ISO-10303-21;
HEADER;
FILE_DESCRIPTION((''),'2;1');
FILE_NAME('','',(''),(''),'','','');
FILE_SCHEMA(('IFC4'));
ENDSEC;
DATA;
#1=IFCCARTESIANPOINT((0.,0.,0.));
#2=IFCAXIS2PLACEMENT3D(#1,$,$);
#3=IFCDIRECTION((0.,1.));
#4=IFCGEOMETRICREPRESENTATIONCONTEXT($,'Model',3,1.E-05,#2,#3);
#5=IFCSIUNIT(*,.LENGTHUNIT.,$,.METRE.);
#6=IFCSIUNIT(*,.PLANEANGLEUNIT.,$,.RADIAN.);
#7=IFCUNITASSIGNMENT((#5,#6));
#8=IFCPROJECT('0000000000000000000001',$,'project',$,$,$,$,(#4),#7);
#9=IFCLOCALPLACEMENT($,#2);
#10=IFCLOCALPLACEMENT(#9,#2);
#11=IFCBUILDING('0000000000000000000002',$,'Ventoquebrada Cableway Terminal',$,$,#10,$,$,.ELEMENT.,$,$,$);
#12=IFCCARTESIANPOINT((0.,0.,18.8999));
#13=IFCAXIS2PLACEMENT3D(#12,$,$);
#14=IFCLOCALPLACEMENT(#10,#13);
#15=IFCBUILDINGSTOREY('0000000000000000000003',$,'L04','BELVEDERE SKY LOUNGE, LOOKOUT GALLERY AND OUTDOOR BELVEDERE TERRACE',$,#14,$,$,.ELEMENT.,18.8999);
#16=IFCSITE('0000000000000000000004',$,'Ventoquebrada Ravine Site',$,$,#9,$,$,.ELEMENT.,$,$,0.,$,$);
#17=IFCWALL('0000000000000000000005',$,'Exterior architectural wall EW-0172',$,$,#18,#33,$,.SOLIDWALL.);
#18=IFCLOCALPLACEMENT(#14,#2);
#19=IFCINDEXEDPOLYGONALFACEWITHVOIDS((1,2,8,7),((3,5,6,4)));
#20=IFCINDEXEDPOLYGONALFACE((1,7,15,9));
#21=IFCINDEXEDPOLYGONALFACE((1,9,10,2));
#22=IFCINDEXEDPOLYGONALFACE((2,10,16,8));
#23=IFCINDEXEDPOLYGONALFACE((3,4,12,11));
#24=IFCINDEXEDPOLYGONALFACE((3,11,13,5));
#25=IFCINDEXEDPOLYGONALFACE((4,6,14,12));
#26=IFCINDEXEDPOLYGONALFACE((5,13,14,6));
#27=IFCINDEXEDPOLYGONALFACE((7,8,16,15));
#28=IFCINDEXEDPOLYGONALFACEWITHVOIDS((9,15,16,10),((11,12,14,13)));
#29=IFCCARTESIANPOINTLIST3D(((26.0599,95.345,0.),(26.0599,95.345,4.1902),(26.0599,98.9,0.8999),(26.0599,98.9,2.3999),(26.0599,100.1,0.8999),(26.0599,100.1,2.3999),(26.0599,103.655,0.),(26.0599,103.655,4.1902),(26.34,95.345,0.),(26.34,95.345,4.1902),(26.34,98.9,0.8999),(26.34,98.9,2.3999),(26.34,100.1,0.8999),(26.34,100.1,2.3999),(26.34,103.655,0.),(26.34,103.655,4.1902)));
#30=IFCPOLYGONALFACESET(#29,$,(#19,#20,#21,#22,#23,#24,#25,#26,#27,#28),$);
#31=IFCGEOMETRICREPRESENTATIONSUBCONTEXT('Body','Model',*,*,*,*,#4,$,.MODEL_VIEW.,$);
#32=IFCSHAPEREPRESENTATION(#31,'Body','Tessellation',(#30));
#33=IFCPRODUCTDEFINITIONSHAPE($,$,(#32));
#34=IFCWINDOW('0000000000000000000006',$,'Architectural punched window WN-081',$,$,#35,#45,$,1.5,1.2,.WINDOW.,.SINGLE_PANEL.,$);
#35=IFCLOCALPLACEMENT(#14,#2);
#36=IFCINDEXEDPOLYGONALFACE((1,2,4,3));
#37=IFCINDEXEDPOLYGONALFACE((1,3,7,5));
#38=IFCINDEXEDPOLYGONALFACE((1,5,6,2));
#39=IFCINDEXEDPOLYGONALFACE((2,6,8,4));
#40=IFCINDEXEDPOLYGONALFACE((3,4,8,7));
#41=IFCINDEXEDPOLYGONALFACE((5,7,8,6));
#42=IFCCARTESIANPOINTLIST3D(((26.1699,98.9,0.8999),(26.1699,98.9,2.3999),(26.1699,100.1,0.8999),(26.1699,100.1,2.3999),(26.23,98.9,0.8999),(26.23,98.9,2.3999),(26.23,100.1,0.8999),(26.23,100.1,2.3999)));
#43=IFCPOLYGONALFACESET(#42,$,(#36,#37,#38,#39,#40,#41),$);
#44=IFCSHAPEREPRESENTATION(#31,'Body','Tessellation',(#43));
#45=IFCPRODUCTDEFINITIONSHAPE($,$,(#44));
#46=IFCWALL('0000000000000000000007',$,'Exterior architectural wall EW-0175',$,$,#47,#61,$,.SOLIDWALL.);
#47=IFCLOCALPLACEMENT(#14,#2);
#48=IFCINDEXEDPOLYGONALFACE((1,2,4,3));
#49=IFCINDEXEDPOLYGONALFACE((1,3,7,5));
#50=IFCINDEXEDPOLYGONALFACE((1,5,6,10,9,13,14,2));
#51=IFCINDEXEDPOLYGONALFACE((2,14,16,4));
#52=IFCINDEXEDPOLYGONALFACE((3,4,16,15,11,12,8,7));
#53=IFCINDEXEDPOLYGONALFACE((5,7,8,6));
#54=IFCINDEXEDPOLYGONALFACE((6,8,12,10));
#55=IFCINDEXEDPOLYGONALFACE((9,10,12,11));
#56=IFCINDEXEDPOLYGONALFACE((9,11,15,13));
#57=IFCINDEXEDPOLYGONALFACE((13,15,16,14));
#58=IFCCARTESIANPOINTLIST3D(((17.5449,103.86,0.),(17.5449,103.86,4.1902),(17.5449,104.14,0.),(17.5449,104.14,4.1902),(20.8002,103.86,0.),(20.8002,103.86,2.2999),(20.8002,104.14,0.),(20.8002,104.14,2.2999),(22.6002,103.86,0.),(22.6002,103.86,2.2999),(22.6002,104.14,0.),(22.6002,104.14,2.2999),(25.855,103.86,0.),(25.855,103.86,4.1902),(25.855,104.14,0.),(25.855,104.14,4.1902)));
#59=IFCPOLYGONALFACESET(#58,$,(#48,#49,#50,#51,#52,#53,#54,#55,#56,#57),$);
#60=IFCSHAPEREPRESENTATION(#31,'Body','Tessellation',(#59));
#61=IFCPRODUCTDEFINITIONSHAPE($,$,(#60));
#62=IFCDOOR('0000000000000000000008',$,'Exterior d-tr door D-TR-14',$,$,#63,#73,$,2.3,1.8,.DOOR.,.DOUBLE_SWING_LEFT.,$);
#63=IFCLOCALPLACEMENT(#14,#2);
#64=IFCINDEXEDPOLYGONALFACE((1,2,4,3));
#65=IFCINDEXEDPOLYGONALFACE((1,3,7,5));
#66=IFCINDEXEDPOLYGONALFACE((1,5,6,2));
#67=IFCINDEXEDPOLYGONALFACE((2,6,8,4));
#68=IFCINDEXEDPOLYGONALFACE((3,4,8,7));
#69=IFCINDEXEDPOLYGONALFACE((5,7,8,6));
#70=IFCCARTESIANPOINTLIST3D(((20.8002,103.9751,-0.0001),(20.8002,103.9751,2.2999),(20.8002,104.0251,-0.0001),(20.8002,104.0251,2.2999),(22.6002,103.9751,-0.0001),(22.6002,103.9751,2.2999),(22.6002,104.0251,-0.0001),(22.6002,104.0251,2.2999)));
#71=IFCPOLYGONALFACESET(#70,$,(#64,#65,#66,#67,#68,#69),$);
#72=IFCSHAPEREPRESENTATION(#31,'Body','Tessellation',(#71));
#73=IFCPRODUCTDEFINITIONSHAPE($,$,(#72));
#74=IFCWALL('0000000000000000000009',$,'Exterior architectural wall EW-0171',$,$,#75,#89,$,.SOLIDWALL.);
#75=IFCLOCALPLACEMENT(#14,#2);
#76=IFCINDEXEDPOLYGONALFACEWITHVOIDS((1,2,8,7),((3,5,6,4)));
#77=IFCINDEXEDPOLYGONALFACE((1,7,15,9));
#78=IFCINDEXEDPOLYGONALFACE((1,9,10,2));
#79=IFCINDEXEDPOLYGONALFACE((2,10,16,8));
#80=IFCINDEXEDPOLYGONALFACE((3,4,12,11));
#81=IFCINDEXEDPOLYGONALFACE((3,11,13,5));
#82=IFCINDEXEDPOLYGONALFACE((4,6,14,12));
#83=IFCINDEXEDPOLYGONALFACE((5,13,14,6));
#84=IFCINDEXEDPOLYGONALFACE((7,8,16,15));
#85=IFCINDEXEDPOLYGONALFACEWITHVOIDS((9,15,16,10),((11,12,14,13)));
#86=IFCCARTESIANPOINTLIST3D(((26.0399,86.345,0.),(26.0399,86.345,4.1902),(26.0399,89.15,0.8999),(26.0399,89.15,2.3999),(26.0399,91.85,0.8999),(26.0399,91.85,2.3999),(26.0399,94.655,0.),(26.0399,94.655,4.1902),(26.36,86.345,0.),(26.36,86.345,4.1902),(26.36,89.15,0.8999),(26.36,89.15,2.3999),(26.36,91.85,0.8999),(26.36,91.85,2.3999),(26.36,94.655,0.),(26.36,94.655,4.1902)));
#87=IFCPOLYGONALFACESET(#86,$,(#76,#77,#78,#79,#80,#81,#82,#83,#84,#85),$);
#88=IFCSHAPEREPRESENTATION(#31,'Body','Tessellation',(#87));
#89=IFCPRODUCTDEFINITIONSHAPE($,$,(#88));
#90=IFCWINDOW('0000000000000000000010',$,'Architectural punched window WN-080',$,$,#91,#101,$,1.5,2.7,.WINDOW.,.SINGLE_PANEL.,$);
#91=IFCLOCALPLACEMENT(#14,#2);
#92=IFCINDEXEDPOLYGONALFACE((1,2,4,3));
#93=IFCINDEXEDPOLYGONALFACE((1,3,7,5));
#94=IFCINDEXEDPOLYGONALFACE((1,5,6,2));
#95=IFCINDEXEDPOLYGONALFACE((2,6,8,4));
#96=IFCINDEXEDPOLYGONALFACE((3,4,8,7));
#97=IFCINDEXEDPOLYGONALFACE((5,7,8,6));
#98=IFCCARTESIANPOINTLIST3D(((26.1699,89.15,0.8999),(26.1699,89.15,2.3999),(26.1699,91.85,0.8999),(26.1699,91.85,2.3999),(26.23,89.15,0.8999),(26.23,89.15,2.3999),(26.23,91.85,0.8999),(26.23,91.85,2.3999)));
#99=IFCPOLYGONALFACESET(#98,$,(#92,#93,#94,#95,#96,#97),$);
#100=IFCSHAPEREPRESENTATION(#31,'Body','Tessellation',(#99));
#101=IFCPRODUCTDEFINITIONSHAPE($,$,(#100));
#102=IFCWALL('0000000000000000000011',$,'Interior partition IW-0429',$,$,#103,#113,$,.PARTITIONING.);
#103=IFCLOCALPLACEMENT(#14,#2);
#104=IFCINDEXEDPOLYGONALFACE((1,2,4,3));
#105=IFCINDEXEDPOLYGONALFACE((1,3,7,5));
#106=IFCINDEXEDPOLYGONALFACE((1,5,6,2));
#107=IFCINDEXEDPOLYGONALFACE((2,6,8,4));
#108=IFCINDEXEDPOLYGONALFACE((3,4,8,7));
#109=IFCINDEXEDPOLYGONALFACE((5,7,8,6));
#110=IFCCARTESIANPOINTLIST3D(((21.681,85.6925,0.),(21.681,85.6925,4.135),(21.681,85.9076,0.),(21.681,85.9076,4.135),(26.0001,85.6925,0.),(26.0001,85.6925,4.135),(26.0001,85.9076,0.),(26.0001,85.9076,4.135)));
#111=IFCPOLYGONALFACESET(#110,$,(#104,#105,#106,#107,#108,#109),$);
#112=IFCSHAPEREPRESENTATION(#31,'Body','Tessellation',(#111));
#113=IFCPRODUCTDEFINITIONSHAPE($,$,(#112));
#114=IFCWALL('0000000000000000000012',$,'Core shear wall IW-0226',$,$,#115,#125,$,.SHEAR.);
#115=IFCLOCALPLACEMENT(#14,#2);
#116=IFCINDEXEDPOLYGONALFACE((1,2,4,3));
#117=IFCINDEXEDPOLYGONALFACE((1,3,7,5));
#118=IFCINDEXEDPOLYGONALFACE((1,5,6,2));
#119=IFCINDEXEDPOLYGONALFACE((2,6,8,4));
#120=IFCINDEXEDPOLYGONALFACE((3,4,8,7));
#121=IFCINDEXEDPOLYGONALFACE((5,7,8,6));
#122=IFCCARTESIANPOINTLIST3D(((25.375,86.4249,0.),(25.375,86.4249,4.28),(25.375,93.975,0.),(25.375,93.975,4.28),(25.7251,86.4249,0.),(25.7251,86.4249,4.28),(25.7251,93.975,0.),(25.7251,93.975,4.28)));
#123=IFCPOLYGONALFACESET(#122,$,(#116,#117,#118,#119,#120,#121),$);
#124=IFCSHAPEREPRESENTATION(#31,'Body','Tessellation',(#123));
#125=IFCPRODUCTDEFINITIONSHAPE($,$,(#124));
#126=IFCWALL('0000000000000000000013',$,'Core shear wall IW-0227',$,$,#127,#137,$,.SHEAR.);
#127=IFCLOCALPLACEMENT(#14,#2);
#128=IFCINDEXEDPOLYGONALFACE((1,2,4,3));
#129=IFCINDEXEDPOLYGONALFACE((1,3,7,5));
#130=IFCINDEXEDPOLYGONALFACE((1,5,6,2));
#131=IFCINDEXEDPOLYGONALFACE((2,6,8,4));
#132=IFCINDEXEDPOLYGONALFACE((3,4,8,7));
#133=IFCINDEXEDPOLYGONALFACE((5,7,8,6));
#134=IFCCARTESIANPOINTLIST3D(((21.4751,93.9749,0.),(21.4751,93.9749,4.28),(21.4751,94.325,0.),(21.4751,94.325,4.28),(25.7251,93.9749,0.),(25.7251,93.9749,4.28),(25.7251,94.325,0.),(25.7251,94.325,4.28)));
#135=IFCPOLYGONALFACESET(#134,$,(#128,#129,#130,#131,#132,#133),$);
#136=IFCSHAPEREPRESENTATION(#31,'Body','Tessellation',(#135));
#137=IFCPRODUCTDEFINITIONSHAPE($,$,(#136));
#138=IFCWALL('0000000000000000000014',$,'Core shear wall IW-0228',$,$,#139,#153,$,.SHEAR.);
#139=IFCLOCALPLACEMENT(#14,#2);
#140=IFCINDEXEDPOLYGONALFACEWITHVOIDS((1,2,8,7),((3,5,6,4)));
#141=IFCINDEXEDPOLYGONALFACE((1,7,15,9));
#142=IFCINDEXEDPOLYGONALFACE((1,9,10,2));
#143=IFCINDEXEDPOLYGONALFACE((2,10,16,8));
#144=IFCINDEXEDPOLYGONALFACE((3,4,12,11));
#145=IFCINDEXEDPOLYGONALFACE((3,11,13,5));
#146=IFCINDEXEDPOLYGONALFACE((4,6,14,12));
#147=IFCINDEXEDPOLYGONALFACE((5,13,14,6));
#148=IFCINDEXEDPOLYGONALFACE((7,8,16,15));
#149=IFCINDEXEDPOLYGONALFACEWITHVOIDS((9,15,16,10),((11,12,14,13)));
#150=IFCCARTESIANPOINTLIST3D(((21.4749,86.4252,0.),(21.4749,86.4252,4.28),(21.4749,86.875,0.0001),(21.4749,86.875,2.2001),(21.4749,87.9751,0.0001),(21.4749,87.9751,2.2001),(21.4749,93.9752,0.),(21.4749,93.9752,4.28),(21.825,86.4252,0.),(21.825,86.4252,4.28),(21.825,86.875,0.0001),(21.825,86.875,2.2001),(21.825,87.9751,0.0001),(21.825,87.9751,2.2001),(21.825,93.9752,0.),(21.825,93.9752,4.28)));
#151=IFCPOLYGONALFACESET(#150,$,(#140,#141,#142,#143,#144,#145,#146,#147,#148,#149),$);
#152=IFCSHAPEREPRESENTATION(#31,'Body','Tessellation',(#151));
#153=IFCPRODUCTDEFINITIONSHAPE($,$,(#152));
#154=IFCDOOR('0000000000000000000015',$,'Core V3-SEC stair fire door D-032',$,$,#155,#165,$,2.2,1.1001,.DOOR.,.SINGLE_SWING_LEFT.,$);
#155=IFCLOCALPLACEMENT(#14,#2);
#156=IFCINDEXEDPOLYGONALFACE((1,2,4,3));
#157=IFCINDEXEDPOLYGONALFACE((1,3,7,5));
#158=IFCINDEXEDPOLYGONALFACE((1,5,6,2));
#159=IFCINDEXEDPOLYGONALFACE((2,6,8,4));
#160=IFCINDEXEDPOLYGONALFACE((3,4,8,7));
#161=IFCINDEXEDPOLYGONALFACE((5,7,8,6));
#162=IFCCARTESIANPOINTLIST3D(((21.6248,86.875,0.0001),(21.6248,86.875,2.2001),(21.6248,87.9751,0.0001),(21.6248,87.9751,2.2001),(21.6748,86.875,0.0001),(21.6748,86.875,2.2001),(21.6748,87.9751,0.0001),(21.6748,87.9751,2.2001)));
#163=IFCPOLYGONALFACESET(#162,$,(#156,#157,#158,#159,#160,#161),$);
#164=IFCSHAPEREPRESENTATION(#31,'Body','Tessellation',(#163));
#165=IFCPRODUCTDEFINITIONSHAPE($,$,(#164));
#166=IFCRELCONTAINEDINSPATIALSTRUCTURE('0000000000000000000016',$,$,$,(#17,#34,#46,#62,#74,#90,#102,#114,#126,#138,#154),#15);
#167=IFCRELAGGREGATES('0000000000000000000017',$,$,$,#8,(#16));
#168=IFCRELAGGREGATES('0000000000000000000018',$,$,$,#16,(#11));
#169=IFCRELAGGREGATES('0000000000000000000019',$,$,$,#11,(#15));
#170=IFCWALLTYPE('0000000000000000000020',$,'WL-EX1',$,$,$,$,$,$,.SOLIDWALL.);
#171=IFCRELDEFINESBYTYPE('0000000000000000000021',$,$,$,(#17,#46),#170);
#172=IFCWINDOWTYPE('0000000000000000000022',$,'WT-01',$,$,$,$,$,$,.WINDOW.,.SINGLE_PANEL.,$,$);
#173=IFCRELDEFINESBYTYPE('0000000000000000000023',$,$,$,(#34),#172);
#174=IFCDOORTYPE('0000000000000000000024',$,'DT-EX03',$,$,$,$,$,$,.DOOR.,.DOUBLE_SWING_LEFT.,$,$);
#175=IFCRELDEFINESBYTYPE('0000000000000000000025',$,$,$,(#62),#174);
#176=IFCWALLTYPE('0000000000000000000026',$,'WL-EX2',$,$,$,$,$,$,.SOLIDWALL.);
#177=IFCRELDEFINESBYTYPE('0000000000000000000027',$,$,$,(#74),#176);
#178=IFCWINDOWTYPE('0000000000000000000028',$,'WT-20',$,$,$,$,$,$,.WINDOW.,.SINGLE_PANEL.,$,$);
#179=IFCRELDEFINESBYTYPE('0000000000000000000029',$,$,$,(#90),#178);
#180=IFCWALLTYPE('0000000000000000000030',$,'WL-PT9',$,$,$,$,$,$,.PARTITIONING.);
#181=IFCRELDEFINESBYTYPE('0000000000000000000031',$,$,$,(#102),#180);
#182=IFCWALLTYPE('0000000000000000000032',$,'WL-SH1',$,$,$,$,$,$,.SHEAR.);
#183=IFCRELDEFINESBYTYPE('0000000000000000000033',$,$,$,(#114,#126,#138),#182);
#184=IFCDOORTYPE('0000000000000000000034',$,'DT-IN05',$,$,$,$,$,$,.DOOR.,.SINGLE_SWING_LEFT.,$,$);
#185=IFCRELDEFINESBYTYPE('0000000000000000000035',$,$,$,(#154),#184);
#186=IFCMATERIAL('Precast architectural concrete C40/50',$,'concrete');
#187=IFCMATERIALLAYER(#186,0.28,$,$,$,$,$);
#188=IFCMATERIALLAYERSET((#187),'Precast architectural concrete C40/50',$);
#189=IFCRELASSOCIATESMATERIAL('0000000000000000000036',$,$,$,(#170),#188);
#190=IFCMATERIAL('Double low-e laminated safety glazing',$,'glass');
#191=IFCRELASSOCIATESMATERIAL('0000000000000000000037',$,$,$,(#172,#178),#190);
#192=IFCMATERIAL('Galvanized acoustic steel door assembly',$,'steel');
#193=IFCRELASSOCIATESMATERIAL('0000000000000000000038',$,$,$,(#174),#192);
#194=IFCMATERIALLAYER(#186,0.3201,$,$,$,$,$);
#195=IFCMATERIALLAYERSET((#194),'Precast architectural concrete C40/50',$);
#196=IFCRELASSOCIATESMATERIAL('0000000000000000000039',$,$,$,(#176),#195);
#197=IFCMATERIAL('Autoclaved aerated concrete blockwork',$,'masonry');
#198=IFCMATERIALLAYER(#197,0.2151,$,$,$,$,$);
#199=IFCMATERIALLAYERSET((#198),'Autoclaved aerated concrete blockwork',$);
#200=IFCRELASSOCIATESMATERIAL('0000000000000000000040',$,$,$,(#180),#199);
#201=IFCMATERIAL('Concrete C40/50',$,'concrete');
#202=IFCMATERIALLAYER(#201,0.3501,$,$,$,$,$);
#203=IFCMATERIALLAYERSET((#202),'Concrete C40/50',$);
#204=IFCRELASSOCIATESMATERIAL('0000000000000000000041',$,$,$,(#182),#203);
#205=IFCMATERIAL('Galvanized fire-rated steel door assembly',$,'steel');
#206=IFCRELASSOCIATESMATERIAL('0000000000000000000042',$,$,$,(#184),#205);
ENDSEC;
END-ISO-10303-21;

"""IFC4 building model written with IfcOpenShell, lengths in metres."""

from ifc_helpers import new_model, si_unit, direction, frame, frame_2d, origin, place, context, subcontext, project, spatial, rectangle, extrude, material, layer, layer_set, type_object, element, fill, save


model = new_model("IFC4")

# Units and contexts
model_context = context("Model", 3, precision=1e-05, world=origin(), true_north=direction((0.0, 1.0)))
body_context = subcontext(model_context, "Body", "Model", "MODEL_VIEW")
ifc_project = project(units=[si_unit("LENGTHUNIT", "METRE"), si_unit("PLANEANGLEUNIT", "RADIAN")], contexts=[model_context])

# Site, building, storey
site_placement = place(None, origin())
site = spatial("IfcSite", under=ifc_project, at=site_placement, Name="Ventoquebrada Ravine Site", CompositionType="ELEMENT", RefElevation=0.0)
building_placement = place(site_placement, origin())
building = spatial("IfcBuilding", under=site, at=building_placement, Name="Ventoquebrada Cableway Terminal", CompositionType="ELEMENT")
storey_placement = place(building_placement, frame((0.0, 0.0, 18.8999)))
storey = spatial("IfcBuildingStorey", under=building, at=storey_placement, Name="L04", Description="BELVEDERE SKY LOUNGE, LOOKOUT GALLERY AND OUTDOOR BELVEDERE TERRACE", CompositionType="ELEMENT", Elevation=18.8999)

# Shared definitions
ifc_material_1 = material(Name="Concrete C40/50", Category="concrete")

# Shared definitions
ifc_material_2 = material(Name="Double low-e laminated safety glazing", Category="glass")

# Wall, opening, window
ifc_material_3 = material(Name="Precast architectural concrete C40/50", Category="concrete")
ifc_layer_1 = layer(ifc_material_3, 0.28)
ifc_layer_set_1 = layer_set([ifc_layer_1], Name="Precast architectural concrete C40/50")
wall_type_1 = type_object("IfcWallType", Name="WL-EX1", PredefinedType="SOLIDWALL", material=ifc_layer_set_1)
wall_1_placement = place(storey_placement, frame((26.2, 95.345, 0.0), z_axis=(0.0, 0.0, 1.0), x_axis=(0.0, 1.0, 0.0)))
wall_1 = element("IfcWall", 1, at=wall_1_placement, inside=storey, type_object=wall_type_1, Name="Exterior architectural wall EW-0172", PredefinedType="SOLIDWALL", context=body_context, shape_type="SweptSolid", body=[
    extrude(rectangle(XDim=8.3101, YDim=0.28, at=frame_2d((4.155, 0.0))), origin(), (0.0, 0.0, 1.0), 4.1902),
])
opening_1_placement = place(wall_1_placement, frame((3.5549, 0.0, 0.8999)))
opening_1 = element("IfcOpeningElement", 2, at=opening_1_placement, cuts=wall_1, PredefinedType="OPENING", context=body_context, shape_type="SweptSolid", body=[
    extrude(rectangle(XDim=1.2, YDim=1.5, at=frame_2d((0.6001, 0.75))), frame((0.0, 0.1499, 0.0), z_axis=(0.0, -1.0, 0.0), x_axis=(1.0, 0.0, 0.0)), (0.0, 0.0, 1.0), 0.3),
])
window_type_1 = type_object("IfcWindowType", Name="WT-01", PartitioningType="SINGLE_PANEL", PredefinedType="WINDOW", material=ifc_material_2)
window_1_placement = place(opening_1_placement, origin())
window_1 = element("IfcWindow", 3, at=window_1_placement, inside=storey, type_object=window_type_1, Name="Architectural punched window WN-081", OverallHeight=1.5, OverallWidth=1.2, PartitioningType="SINGLE_PANEL", PredefinedType="WINDOW", context=body_context, shape_type="SweptSolid", body=[
    extrude(rectangle(XDim=1.2, YDim=1.5, at=frame_2d((0.6001, 0.75))), frame((0.0, 0.03, 0.0), z_axis=(0.0, -1.0, 0.0), x_axis=(1.0, 0.0, 0.0)), (0.0, 0.0, 1.0), 0.0601),
])
fill(opening_1, window_1)

# Wall, opening, door
wall_2_placement = place(storey_placement, frame((25.855, 104.0, 0.0), z_axis=(0.0, 0.0, 1.0), x_axis=(-1.0, 0.0, 0.0)))
wall_2 = element("IfcWall", 4, at=wall_2_placement, inside=storey, type_object=wall_type_1, Name="Exterior architectural wall EW-0175", PredefinedType="SOLIDWALL", context=body_context, shape_type="SweptSolid", body=[
    extrude(rectangle(XDim=8.3101, YDim=0.28, at=frame_2d((4.155, 0.0))), origin(), (0.0, 0.0, 1.0), 4.1902),
])
opening_2_placement = place(wall_2_placement, frame((3.2549, 0.0, 0.0)))
opening_2 = element("IfcOpeningElement", 5, at=opening_2_placement, cuts=wall_2, PredefinedType="OPENING", context=body_context, shape_type="SweptSolid", body=[
    extrude(rectangle(XDim=1.8, YDim=2.3, at=frame_2d((0.8999, 1.1499))), frame((0.0, 0.1499, 0.0), z_axis=(0.0, -1.0, 0.0), x_axis=(1.0, 0.0, 0.0)), (0.0, 0.0, 1.0), 0.3),
])
ifc_material_4 = material(Name="Galvanized acoustic steel door assembly", Category="steel")
door_type_1 = type_object("IfcDoorType", Name="DT-EX03", OperationType="DOUBLE_SWING_LEFT", PredefinedType="DOOR", material=ifc_material_4)
door_1_placement = place(opening_2_placement, origin())
door_1 = element("IfcDoor", 6, at=door_1_placement, inside=storey, type_object=door_type_1, Name="Exterior d-tr door D-TR-14", OperationType="DOUBLE_SWING_LEFT", OverallHeight=2.3, OverallWidth=1.8, PredefinedType="DOOR", context=body_context, shape_type="SweptSolid", body=[
    extrude(rectangle(XDim=1.8, YDim=2.3, at=frame_2d((0.8999, 1.1499))), frame((0.0, 0.0249, 0.0), z_axis=(0.0, -1.0, 0.0), x_axis=(1.0, 0.0, 0.0)), (0.0, 0.0, 1.0), 0.05),
])
fill(opening_2, door_1)

# Wall, opening, window
ifc_layer_2 = layer(ifc_material_3, 0.3201)
ifc_layer_set_2 = layer_set([ifc_layer_2], Name="Precast architectural concrete C40/50")
wall_type_2 = type_object("IfcWallType", Name="WL-EX2", PredefinedType="SOLIDWALL", material=ifc_layer_set_2)
wall_3_placement = place(storey_placement, frame((26.2, 86.345, 0.0), z_axis=(0.0, 0.0, 1.0), x_axis=(0.0, 1.0, 0.0)))
wall_3 = element("IfcWall", 7, at=wall_3_placement, inside=storey, type_object=wall_type_2, Name="Exterior architectural wall EW-0171", PredefinedType="SOLIDWALL", context=body_context, shape_type="SweptSolid", body=[
    extrude(rectangle(XDim=8.3101, YDim=0.3201, at=frame_2d((4.155, 0.0))), origin(), (0.0, 0.0, 1.0), 4.1902),
])
opening_3_placement = place(wall_3_placement, frame((2.8049, 0.0, 0.8999)))
opening_3 = element("IfcOpeningElement", 8, at=opening_3_placement, cuts=wall_3, PredefinedType="OPENING", context=body_context, shape_type="SweptSolid", body=[
    extrude(rectangle(XDim=2.7, YDim=1.5, at=frame_2d((1.3501, 0.75))), frame((0.0, 0.1699, 0.0), z_axis=(0.0, -1.0, 0.0), x_axis=(1.0, 0.0, 0.0)), (0.0, 0.0, 1.0), 0.3401),
])
window_type_2 = type_object("IfcWindowType", Name="WT-20", PartitioningType="SINGLE_PANEL", PredefinedType="WINDOW", material=ifc_material_2)
window_2_placement = place(opening_3_placement, origin())
window_2 = element("IfcWindow", 9, at=window_2_placement, inside=storey, type_object=window_type_2, Name="Architectural punched window WN-080", OverallHeight=1.5, OverallWidth=2.7, PartitioningType="SINGLE_PANEL", PredefinedType="WINDOW", context=body_context, shape_type="SweptSolid", body=[
    extrude(rectangle(XDim=2.7, YDim=1.5, at=frame_2d((1.3501, 0.75))), frame((0.0, 0.03, 0.0), z_axis=(0.0, -1.0, 0.0), x_axis=(1.0, 0.0, 0.0)), (0.0, 0.0, 1.0), 0.0601),
])
fill(opening_3, window_2)

# Walls
ifc_material_5 = material(Name="Autoclaved aerated concrete blockwork", Category="masonry")
ifc_layer_3 = layer(ifc_material_5, 0.2151)
ifc_layer_set_3 = layer_set([ifc_layer_3], Name="Autoclaved aerated concrete blockwork")
wall_type_3 = type_object("IfcWallType", Name="WL-PT9", PredefinedType="PARTITIONING", material=ifc_layer_set_3)
wall_4_placement = place(storey_placement, frame((21.6809, 85.8, 0.0), z_axis=(0.0, 0.0, 1.0), x_axis=(1.0, 0.0, 0.0)))
element("IfcWall", 10, at=wall_4_placement, inside=storey, type_object=wall_type_3, Name="Interior partition IW-0429", PredefinedType="PARTITIONING", context=body_context, shape_type="SweptSolid", body=[
    extrude(rectangle(XDim=4.3191, YDim=0.2151, at=frame_2d((2.1597, 0.0))), origin(), (0.0, 0.0, 1.0), 4.135),
])
ifc_layer_4 = layer(ifc_material_1, 0.3501)
ifc_layer_set_4 = layer_set([ifc_layer_4], Name="Concrete C40/50")
wall_type_4 = type_object("IfcWallType", Name="WL-SH1", PredefinedType="SHEAR", material=ifc_layer_set_4)
wall_5_placement = place(storey_placement, frame((25.55, 86.425, 0.0), z_axis=(0.0, 0.0, 1.0), x_axis=(0.0, 1.0, 0.0)))
element("IfcWall", 11, at=wall_5_placement, inside=storey, type_object=wall_type_4, Name="Core shear wall IW-0226", PredefinedType="SHEAR", context=body_context, shape_type="SweptSolid", body=[
    extrude(rectangle(XDim=7.55, YDim=0.3501, at=frame_2d((3.7749, 0.0))), origin(), (0.0, 0.0, 1.0), 4.28),
])
wall_6_placement = place(storey_placement, frame((25.7251, 94.1499, 0.0), z_axis=(0.0, 0.0, 1.0), x_axis=(-1.0, 0.0, 0.0)))
element("IfcWall", 12, at=wall_6_placement, inside=storey, type_object=wall_type_4, Name="Core shear wall IW-0227", PredefinedType="SHEAR", context=body_context, shape_type="SweptSolid", body=[
    extrude(rectangle(XDim=4.25, YDim=0.3501, at=frame_2d((2.125, 0.0))), origin(), (0.0, 0.0, 1.0), 4.28),
])

# Wall, opening, door
wall_7_placement = place(storey_placement, frame((21.6499, 93.9751, 0.0), z_axis=(0.0, 0.0, 1.0), x_axis=(0.0, -1.0, 0.0)))
wall_7 = element("IfcWall", 13, at=wall_7_placement, inside=storey, type_object=wall_type_4, Name="Core shear wall IW-0228", PredefinedType="SHEAR", context=body_context, shape_type="SweptSolid", body=[
    extrude(rectangle(XDim=7.55, YDim=0.3501, at=frame_2d((3.7749, 0.0))), origin(), (0.0, 0.0, 1.0), 4.28),
])
opening_4_placement = place(wall_7_placement, frame((6.0, 0.0, 0.0)))
opening_4 = element("IfcOpeningElement", 14, at=opening_4_placement, cuts=wall_7, PredefinedType="OPENING", context=body_context, shape_type="SweptSolid", body=[
    extrude(rectangle(XDim=1.1001, YDim=2.2, at=frame_2d((0.55, 1.1001))), frame((0.0, 0.1851, 0.0), z_axis=(0.0, -1.0, 0.0), x_axis=(1.0, 0.0, 0.0)), (0.0, 0.0, 1.0), 0.3701),
])
ifc_material_6 = material(Name="Galvanized fire-rated steel door assembly", Category="steel")
door_type_2 = type_object("IfcDoorType", Name="DT-IN05", OperationType="SINGLE_SWING_LEFT", PredefinedType="DOOR", material=ifc_material_6)
door_2_placement = place(opening_4_placement, origin())
door_2 = element("IfcDoor", 15, at=door_2_placement, inside=storey, type_object=door_type_2, Name="Core V3-SEC stair fire door D-032", OperationType="SINGLE_SWING_LEFT", OverallHeight=2.2, OverallWidth=1.1001, PredefinedType="DOOR", context=body_context, shape_type="SweptSolid", body=[
    extrude(rectangle(XDim=1.1001, YDim=2.2, at=frame_2d((0.55, 1.1001))), frame((0.0, 0.0249, 0.0), z_axis=(0.0, -1.0, 0.0), x_axis=(1.0, 0.0, 0.0)), (0.0, 0.0, 1.0), 0.05),
])
fill(opening_4, door_2)

save(model, "model.ifc")
